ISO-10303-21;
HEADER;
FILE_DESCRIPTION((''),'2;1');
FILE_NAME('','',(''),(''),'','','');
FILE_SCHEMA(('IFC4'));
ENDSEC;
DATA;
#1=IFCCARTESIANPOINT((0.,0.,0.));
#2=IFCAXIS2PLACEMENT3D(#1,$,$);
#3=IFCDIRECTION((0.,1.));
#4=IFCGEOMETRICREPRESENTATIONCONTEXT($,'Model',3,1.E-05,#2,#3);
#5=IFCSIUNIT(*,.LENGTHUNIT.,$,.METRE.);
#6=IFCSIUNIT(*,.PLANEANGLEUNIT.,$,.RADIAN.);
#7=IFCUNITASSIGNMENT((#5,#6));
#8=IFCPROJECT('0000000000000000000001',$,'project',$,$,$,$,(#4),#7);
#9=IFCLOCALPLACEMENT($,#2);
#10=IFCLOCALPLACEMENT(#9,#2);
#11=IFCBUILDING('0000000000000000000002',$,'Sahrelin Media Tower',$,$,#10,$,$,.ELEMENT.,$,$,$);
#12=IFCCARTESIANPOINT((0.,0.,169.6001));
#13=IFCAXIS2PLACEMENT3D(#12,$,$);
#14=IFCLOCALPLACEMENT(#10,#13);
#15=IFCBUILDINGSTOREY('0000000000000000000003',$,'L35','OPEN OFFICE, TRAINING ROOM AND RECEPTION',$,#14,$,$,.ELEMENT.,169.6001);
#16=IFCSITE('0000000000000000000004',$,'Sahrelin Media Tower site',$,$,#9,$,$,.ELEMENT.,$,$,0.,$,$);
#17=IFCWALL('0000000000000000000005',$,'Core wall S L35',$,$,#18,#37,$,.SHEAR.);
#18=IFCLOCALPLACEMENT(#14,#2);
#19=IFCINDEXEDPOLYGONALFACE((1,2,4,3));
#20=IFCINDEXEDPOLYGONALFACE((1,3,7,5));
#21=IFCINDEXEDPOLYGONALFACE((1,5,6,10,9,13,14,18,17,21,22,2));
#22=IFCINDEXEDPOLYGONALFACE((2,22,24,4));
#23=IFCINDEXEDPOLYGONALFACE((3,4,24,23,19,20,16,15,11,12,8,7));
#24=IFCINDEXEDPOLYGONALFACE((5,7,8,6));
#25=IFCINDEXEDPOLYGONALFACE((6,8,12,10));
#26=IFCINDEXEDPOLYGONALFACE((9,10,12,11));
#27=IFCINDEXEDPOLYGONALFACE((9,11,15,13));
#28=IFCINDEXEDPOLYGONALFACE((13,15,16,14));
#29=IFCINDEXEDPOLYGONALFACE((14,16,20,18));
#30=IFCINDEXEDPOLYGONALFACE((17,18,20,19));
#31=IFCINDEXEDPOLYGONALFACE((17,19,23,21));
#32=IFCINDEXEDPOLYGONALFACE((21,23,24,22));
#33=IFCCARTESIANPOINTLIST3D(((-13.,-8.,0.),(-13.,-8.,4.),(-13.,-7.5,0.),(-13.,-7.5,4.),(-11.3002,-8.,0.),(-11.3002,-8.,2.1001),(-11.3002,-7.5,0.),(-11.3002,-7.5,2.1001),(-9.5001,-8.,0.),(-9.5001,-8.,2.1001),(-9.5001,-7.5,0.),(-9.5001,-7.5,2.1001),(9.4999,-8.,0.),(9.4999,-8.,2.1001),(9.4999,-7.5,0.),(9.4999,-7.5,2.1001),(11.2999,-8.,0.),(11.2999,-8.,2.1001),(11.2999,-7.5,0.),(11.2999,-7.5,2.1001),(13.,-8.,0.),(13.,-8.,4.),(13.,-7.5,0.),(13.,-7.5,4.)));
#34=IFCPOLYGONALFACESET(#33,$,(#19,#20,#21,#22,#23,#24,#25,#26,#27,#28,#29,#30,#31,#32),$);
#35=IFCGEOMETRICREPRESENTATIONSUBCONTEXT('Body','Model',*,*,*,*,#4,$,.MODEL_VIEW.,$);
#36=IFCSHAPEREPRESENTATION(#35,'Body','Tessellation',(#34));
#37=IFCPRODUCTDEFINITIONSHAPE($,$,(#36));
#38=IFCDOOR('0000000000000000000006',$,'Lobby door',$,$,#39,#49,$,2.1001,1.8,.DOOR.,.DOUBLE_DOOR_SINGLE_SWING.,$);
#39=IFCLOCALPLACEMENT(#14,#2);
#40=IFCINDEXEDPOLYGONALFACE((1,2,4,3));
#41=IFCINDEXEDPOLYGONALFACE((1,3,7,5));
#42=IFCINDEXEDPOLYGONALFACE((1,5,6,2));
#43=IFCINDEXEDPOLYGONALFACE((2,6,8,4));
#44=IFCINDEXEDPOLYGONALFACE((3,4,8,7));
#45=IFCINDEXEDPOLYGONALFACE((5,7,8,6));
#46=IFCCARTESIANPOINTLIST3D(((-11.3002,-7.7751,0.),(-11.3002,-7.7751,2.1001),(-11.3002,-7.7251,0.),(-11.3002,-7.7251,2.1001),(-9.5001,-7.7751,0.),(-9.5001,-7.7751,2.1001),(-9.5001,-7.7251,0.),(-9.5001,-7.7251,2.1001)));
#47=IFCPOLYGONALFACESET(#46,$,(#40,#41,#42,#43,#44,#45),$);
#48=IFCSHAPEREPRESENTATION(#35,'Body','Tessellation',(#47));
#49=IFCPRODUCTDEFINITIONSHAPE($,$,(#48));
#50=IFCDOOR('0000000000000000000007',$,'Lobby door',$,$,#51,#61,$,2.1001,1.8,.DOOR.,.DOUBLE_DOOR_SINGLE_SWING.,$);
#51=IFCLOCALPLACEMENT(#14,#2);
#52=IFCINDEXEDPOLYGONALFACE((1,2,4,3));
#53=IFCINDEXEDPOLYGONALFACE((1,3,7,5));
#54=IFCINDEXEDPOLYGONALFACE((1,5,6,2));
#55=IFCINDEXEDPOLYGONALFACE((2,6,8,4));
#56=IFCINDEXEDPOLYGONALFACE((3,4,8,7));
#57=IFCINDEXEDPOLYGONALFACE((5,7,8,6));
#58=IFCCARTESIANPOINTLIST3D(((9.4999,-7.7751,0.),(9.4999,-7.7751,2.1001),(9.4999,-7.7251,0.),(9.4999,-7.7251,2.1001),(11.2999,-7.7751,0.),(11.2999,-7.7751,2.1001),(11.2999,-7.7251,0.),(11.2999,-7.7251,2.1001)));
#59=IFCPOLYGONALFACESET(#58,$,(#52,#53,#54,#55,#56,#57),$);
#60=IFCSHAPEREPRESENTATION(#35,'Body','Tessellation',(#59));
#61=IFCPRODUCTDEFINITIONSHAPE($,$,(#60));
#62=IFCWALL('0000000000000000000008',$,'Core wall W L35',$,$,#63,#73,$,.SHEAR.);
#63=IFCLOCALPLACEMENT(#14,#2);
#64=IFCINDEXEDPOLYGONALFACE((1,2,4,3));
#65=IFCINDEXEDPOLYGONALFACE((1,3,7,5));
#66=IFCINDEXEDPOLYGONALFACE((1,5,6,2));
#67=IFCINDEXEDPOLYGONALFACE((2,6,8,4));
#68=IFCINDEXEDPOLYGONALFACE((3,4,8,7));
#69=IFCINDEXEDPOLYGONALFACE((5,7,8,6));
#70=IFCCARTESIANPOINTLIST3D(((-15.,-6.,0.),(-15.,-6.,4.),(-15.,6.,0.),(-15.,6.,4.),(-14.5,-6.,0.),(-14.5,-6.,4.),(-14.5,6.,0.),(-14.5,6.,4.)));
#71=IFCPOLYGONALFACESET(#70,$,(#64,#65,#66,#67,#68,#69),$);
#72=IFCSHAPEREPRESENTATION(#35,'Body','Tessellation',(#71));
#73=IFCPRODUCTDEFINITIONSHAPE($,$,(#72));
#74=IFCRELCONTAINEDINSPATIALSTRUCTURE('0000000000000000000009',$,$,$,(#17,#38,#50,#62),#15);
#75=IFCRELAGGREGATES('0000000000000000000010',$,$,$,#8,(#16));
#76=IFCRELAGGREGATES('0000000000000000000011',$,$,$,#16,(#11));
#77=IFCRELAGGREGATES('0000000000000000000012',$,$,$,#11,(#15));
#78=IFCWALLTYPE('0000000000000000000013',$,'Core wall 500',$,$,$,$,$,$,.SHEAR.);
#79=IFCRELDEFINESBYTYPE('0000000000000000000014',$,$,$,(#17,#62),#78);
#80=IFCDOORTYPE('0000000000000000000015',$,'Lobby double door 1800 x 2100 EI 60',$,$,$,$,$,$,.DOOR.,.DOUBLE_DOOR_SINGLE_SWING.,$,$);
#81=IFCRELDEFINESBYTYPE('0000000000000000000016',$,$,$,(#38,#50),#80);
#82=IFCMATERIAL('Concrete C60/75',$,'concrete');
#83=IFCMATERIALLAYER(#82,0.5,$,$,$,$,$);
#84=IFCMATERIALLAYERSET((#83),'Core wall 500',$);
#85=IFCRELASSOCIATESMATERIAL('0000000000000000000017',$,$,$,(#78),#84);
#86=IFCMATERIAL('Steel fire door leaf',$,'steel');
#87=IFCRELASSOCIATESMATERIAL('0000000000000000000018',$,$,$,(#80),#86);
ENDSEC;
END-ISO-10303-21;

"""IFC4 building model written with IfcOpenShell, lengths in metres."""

from ifc_helpers import new_model, si_unit, direction, frame, frame_2d, origin, place, context, subcontext, project, spatial, rectangle, extrude, material, layer, layer_set, type_object, element, fill, save


model = new_model("IFC4")

# Units and contexts
model_context = context("Model", 3, precision=1e-05, world=origin(), true_north=direction((0.0, 1.0)))
body_context = subcontext(model_context, "Body", "Model", "MODEL_VIEW")
ifc_project = project(units=[si_unit("LENGTHUNIT", "METRE"), si_unit("PLANEANGLEUNIT", "RADIAN")], contexts=[model_context])

# Site, building, storey
site_placement = place(None, origin())
site = spatial("IfcSite", under=ifc_project, at=site_placement, Name="Sahrelin Media Tower site", CompositionType="ELEMENT", RefElevation=0.0)
building_placement = place(site_placement, origin())
building = spatial("IfcBuilding", under=site, at=building_placement, Name="Sahrelin Media Tower", CompositionType="ELEMENT")
storey_placement = place(building_placement, frame((0.0, 0.0, 169.6001)))
storey = spatial("IfcBuildingStorey", under=building, at=storey_placement, Name="L35", Description="OPEN OFFICE, TRAINING ROOM AND RECEPTION", CompositionType="ELEMENT", Elevation=169.6001)

# Wall, openings, doors
ifc_material_1 = material(Name="Concrete C60/75", Category="concrete")
ifc_layer_1 = layer(ifc_material_1, 0.5)
ifc_layer_set_1 = layer_set([ifc_layer_1], Name="Core wall 500")
wall_type_1 = type_object("IfcWallType", Name="Core wall 500", PredefinedType="SHEAR", material=ifc_layer_set_1)
wall_1_placement = place(storey_placement, frame((-13.0, -7.75, 0.0), z_axis=(0.0, 0.0, 1.0), x_axis=(1.0, 0.0, 0.0)))
wall_1 = element("IfcWall", 1, at=wall_1_placement, inside=storey, type_object=wall_type_1, Name="Core wall S L35", PredefinedType="SHEAR", context=body_context, shape_type="SweptSolid", body=[
    extrude(rectangle(XDim=26.0, YDim=0.5, at=frame_2d((13.0, 0.0))), origin(), (0.0, 0.0, 1.0), 4.0),
])
opening_1_placement = place(wall_1_placement, frame((1.7, 0.0, 0.0)))
opening_1 = element("IfcOpeningElement", 2, at=opening_1_placement, cuts=wall_1, PredefinedType="OPENING", context=body_context, shape_type="SweptSolid", body=[
    extrude(rectangle(XDim=1.8, YDim=2.1001, at=frame_2d((0.8999, 1.05))), frame((0.0, 0.25, 0.0), z_axis=(0.0, -1.0, 0.0), x_axis=(1.0, 0.0, 0.0)), (0.0, 0.0, 1.0), 0.5),
])
opening_2_placement = place(wall_1_placement, frame((22.5, 0.0, 0.0)))
opening_2 = element("IfcOpeningElement", 3, at=opening_2_placement, cuts=wall_1, PredefinedType="OPENING", context=body_context, shape_type="SweptSolid", body=[
    extrude(rectangle(XDim=1.8, YDim=2.1001, at=frame_2d((0.8999, 1.05))), frame((0.0, 0.25, 0.0), z_axis=(0.0, -1.0, 0.0), x_axis=(1.0, 0.0, 0.0)), (0.0, 0.0, 1.0), 0.5),
])
ifc_material_2 = material(Name="Steel fire door leaf", Category="steel")
door_type_1 = type_object("IfcDoorType", Name="Lobby double door 1800 x 2100 EI 60", OperationType="DOUBLE_DOOR_SINGLE_SWING", PredefinedType="DOOR", material=ifc_material_2)
door_1_placement = place(opening_1_placement, origin())
door_1 = element("IfcDoor", 4, at=door_1_placement, inside=storey, type_object=door_type_1, Name="Lobby door", OperationType="DOUBLE_DOOR_SINGLE_SWING", OverallHeight=2.1001, OverallWidth=1.8, PredefinedType="DOOR", context=body_context, shape_type="SweptSolid", body=[
    extrude(rectangle(XDim=1.8, YDim=2.1001, at=frame_2d((0.8999, 1.05))), frame((0.0, 0.0249, 0.0), z_axis=(0.0, -1.0, 0.0), x_axis=(1.0, 0.0, 0.0)), (0.0, 0.0, 1.0), 0.05),
])
fill(opening_1, door_1)
door_2_placement = place(opening_2_placement, origin())
door_2 = element("IfcDoor", 5, at=door_2_placement, inside=storey, type_object=door_type_1, Name="Lobby door", OperationType="DOUBLE_DOOR_SINGLE_SWING", OverallHeight=2.1001, OverallWidth=1.8, PredefinedType="DOOR", context=body_context, shape_type="SweptSolid", body=[
    extrude(rectangle(XDim=1.8, YDim=2.1001, at=frame_2d((0.8999, 1.05))), frame((0.0, 0.0249, 0.0), z_axis=(0.0, -1.0, 0.0), x_axis=(1.0, 0.0, 0.0)), (0.0, 0.0, 1.0), 0.05),
])
fill(opening_2, door_2)

# Wall
wall_2_placement = place(storey_placement, frame((-14.75, -6.0, 0.0), z_axis=(0.0, 0.0, 1.0), x_axis=(0.0, 1.0, 0.0)))
element("IfcWall", 6, at=wall_2_placement, inside=storey, type_object=wall_type_1, Name="Core wall W L35", PredefinedType="SHEAR", context=body_context, shape_type="SweptSolid", body=[
    extrude(rectangle(XDim=12.0, YDim=0.5, at=frame_2d((6.0, 0.0))), origin(), (0.0, 0.0, 1.0), 4.0),
])

save(model, "model.ifc")
